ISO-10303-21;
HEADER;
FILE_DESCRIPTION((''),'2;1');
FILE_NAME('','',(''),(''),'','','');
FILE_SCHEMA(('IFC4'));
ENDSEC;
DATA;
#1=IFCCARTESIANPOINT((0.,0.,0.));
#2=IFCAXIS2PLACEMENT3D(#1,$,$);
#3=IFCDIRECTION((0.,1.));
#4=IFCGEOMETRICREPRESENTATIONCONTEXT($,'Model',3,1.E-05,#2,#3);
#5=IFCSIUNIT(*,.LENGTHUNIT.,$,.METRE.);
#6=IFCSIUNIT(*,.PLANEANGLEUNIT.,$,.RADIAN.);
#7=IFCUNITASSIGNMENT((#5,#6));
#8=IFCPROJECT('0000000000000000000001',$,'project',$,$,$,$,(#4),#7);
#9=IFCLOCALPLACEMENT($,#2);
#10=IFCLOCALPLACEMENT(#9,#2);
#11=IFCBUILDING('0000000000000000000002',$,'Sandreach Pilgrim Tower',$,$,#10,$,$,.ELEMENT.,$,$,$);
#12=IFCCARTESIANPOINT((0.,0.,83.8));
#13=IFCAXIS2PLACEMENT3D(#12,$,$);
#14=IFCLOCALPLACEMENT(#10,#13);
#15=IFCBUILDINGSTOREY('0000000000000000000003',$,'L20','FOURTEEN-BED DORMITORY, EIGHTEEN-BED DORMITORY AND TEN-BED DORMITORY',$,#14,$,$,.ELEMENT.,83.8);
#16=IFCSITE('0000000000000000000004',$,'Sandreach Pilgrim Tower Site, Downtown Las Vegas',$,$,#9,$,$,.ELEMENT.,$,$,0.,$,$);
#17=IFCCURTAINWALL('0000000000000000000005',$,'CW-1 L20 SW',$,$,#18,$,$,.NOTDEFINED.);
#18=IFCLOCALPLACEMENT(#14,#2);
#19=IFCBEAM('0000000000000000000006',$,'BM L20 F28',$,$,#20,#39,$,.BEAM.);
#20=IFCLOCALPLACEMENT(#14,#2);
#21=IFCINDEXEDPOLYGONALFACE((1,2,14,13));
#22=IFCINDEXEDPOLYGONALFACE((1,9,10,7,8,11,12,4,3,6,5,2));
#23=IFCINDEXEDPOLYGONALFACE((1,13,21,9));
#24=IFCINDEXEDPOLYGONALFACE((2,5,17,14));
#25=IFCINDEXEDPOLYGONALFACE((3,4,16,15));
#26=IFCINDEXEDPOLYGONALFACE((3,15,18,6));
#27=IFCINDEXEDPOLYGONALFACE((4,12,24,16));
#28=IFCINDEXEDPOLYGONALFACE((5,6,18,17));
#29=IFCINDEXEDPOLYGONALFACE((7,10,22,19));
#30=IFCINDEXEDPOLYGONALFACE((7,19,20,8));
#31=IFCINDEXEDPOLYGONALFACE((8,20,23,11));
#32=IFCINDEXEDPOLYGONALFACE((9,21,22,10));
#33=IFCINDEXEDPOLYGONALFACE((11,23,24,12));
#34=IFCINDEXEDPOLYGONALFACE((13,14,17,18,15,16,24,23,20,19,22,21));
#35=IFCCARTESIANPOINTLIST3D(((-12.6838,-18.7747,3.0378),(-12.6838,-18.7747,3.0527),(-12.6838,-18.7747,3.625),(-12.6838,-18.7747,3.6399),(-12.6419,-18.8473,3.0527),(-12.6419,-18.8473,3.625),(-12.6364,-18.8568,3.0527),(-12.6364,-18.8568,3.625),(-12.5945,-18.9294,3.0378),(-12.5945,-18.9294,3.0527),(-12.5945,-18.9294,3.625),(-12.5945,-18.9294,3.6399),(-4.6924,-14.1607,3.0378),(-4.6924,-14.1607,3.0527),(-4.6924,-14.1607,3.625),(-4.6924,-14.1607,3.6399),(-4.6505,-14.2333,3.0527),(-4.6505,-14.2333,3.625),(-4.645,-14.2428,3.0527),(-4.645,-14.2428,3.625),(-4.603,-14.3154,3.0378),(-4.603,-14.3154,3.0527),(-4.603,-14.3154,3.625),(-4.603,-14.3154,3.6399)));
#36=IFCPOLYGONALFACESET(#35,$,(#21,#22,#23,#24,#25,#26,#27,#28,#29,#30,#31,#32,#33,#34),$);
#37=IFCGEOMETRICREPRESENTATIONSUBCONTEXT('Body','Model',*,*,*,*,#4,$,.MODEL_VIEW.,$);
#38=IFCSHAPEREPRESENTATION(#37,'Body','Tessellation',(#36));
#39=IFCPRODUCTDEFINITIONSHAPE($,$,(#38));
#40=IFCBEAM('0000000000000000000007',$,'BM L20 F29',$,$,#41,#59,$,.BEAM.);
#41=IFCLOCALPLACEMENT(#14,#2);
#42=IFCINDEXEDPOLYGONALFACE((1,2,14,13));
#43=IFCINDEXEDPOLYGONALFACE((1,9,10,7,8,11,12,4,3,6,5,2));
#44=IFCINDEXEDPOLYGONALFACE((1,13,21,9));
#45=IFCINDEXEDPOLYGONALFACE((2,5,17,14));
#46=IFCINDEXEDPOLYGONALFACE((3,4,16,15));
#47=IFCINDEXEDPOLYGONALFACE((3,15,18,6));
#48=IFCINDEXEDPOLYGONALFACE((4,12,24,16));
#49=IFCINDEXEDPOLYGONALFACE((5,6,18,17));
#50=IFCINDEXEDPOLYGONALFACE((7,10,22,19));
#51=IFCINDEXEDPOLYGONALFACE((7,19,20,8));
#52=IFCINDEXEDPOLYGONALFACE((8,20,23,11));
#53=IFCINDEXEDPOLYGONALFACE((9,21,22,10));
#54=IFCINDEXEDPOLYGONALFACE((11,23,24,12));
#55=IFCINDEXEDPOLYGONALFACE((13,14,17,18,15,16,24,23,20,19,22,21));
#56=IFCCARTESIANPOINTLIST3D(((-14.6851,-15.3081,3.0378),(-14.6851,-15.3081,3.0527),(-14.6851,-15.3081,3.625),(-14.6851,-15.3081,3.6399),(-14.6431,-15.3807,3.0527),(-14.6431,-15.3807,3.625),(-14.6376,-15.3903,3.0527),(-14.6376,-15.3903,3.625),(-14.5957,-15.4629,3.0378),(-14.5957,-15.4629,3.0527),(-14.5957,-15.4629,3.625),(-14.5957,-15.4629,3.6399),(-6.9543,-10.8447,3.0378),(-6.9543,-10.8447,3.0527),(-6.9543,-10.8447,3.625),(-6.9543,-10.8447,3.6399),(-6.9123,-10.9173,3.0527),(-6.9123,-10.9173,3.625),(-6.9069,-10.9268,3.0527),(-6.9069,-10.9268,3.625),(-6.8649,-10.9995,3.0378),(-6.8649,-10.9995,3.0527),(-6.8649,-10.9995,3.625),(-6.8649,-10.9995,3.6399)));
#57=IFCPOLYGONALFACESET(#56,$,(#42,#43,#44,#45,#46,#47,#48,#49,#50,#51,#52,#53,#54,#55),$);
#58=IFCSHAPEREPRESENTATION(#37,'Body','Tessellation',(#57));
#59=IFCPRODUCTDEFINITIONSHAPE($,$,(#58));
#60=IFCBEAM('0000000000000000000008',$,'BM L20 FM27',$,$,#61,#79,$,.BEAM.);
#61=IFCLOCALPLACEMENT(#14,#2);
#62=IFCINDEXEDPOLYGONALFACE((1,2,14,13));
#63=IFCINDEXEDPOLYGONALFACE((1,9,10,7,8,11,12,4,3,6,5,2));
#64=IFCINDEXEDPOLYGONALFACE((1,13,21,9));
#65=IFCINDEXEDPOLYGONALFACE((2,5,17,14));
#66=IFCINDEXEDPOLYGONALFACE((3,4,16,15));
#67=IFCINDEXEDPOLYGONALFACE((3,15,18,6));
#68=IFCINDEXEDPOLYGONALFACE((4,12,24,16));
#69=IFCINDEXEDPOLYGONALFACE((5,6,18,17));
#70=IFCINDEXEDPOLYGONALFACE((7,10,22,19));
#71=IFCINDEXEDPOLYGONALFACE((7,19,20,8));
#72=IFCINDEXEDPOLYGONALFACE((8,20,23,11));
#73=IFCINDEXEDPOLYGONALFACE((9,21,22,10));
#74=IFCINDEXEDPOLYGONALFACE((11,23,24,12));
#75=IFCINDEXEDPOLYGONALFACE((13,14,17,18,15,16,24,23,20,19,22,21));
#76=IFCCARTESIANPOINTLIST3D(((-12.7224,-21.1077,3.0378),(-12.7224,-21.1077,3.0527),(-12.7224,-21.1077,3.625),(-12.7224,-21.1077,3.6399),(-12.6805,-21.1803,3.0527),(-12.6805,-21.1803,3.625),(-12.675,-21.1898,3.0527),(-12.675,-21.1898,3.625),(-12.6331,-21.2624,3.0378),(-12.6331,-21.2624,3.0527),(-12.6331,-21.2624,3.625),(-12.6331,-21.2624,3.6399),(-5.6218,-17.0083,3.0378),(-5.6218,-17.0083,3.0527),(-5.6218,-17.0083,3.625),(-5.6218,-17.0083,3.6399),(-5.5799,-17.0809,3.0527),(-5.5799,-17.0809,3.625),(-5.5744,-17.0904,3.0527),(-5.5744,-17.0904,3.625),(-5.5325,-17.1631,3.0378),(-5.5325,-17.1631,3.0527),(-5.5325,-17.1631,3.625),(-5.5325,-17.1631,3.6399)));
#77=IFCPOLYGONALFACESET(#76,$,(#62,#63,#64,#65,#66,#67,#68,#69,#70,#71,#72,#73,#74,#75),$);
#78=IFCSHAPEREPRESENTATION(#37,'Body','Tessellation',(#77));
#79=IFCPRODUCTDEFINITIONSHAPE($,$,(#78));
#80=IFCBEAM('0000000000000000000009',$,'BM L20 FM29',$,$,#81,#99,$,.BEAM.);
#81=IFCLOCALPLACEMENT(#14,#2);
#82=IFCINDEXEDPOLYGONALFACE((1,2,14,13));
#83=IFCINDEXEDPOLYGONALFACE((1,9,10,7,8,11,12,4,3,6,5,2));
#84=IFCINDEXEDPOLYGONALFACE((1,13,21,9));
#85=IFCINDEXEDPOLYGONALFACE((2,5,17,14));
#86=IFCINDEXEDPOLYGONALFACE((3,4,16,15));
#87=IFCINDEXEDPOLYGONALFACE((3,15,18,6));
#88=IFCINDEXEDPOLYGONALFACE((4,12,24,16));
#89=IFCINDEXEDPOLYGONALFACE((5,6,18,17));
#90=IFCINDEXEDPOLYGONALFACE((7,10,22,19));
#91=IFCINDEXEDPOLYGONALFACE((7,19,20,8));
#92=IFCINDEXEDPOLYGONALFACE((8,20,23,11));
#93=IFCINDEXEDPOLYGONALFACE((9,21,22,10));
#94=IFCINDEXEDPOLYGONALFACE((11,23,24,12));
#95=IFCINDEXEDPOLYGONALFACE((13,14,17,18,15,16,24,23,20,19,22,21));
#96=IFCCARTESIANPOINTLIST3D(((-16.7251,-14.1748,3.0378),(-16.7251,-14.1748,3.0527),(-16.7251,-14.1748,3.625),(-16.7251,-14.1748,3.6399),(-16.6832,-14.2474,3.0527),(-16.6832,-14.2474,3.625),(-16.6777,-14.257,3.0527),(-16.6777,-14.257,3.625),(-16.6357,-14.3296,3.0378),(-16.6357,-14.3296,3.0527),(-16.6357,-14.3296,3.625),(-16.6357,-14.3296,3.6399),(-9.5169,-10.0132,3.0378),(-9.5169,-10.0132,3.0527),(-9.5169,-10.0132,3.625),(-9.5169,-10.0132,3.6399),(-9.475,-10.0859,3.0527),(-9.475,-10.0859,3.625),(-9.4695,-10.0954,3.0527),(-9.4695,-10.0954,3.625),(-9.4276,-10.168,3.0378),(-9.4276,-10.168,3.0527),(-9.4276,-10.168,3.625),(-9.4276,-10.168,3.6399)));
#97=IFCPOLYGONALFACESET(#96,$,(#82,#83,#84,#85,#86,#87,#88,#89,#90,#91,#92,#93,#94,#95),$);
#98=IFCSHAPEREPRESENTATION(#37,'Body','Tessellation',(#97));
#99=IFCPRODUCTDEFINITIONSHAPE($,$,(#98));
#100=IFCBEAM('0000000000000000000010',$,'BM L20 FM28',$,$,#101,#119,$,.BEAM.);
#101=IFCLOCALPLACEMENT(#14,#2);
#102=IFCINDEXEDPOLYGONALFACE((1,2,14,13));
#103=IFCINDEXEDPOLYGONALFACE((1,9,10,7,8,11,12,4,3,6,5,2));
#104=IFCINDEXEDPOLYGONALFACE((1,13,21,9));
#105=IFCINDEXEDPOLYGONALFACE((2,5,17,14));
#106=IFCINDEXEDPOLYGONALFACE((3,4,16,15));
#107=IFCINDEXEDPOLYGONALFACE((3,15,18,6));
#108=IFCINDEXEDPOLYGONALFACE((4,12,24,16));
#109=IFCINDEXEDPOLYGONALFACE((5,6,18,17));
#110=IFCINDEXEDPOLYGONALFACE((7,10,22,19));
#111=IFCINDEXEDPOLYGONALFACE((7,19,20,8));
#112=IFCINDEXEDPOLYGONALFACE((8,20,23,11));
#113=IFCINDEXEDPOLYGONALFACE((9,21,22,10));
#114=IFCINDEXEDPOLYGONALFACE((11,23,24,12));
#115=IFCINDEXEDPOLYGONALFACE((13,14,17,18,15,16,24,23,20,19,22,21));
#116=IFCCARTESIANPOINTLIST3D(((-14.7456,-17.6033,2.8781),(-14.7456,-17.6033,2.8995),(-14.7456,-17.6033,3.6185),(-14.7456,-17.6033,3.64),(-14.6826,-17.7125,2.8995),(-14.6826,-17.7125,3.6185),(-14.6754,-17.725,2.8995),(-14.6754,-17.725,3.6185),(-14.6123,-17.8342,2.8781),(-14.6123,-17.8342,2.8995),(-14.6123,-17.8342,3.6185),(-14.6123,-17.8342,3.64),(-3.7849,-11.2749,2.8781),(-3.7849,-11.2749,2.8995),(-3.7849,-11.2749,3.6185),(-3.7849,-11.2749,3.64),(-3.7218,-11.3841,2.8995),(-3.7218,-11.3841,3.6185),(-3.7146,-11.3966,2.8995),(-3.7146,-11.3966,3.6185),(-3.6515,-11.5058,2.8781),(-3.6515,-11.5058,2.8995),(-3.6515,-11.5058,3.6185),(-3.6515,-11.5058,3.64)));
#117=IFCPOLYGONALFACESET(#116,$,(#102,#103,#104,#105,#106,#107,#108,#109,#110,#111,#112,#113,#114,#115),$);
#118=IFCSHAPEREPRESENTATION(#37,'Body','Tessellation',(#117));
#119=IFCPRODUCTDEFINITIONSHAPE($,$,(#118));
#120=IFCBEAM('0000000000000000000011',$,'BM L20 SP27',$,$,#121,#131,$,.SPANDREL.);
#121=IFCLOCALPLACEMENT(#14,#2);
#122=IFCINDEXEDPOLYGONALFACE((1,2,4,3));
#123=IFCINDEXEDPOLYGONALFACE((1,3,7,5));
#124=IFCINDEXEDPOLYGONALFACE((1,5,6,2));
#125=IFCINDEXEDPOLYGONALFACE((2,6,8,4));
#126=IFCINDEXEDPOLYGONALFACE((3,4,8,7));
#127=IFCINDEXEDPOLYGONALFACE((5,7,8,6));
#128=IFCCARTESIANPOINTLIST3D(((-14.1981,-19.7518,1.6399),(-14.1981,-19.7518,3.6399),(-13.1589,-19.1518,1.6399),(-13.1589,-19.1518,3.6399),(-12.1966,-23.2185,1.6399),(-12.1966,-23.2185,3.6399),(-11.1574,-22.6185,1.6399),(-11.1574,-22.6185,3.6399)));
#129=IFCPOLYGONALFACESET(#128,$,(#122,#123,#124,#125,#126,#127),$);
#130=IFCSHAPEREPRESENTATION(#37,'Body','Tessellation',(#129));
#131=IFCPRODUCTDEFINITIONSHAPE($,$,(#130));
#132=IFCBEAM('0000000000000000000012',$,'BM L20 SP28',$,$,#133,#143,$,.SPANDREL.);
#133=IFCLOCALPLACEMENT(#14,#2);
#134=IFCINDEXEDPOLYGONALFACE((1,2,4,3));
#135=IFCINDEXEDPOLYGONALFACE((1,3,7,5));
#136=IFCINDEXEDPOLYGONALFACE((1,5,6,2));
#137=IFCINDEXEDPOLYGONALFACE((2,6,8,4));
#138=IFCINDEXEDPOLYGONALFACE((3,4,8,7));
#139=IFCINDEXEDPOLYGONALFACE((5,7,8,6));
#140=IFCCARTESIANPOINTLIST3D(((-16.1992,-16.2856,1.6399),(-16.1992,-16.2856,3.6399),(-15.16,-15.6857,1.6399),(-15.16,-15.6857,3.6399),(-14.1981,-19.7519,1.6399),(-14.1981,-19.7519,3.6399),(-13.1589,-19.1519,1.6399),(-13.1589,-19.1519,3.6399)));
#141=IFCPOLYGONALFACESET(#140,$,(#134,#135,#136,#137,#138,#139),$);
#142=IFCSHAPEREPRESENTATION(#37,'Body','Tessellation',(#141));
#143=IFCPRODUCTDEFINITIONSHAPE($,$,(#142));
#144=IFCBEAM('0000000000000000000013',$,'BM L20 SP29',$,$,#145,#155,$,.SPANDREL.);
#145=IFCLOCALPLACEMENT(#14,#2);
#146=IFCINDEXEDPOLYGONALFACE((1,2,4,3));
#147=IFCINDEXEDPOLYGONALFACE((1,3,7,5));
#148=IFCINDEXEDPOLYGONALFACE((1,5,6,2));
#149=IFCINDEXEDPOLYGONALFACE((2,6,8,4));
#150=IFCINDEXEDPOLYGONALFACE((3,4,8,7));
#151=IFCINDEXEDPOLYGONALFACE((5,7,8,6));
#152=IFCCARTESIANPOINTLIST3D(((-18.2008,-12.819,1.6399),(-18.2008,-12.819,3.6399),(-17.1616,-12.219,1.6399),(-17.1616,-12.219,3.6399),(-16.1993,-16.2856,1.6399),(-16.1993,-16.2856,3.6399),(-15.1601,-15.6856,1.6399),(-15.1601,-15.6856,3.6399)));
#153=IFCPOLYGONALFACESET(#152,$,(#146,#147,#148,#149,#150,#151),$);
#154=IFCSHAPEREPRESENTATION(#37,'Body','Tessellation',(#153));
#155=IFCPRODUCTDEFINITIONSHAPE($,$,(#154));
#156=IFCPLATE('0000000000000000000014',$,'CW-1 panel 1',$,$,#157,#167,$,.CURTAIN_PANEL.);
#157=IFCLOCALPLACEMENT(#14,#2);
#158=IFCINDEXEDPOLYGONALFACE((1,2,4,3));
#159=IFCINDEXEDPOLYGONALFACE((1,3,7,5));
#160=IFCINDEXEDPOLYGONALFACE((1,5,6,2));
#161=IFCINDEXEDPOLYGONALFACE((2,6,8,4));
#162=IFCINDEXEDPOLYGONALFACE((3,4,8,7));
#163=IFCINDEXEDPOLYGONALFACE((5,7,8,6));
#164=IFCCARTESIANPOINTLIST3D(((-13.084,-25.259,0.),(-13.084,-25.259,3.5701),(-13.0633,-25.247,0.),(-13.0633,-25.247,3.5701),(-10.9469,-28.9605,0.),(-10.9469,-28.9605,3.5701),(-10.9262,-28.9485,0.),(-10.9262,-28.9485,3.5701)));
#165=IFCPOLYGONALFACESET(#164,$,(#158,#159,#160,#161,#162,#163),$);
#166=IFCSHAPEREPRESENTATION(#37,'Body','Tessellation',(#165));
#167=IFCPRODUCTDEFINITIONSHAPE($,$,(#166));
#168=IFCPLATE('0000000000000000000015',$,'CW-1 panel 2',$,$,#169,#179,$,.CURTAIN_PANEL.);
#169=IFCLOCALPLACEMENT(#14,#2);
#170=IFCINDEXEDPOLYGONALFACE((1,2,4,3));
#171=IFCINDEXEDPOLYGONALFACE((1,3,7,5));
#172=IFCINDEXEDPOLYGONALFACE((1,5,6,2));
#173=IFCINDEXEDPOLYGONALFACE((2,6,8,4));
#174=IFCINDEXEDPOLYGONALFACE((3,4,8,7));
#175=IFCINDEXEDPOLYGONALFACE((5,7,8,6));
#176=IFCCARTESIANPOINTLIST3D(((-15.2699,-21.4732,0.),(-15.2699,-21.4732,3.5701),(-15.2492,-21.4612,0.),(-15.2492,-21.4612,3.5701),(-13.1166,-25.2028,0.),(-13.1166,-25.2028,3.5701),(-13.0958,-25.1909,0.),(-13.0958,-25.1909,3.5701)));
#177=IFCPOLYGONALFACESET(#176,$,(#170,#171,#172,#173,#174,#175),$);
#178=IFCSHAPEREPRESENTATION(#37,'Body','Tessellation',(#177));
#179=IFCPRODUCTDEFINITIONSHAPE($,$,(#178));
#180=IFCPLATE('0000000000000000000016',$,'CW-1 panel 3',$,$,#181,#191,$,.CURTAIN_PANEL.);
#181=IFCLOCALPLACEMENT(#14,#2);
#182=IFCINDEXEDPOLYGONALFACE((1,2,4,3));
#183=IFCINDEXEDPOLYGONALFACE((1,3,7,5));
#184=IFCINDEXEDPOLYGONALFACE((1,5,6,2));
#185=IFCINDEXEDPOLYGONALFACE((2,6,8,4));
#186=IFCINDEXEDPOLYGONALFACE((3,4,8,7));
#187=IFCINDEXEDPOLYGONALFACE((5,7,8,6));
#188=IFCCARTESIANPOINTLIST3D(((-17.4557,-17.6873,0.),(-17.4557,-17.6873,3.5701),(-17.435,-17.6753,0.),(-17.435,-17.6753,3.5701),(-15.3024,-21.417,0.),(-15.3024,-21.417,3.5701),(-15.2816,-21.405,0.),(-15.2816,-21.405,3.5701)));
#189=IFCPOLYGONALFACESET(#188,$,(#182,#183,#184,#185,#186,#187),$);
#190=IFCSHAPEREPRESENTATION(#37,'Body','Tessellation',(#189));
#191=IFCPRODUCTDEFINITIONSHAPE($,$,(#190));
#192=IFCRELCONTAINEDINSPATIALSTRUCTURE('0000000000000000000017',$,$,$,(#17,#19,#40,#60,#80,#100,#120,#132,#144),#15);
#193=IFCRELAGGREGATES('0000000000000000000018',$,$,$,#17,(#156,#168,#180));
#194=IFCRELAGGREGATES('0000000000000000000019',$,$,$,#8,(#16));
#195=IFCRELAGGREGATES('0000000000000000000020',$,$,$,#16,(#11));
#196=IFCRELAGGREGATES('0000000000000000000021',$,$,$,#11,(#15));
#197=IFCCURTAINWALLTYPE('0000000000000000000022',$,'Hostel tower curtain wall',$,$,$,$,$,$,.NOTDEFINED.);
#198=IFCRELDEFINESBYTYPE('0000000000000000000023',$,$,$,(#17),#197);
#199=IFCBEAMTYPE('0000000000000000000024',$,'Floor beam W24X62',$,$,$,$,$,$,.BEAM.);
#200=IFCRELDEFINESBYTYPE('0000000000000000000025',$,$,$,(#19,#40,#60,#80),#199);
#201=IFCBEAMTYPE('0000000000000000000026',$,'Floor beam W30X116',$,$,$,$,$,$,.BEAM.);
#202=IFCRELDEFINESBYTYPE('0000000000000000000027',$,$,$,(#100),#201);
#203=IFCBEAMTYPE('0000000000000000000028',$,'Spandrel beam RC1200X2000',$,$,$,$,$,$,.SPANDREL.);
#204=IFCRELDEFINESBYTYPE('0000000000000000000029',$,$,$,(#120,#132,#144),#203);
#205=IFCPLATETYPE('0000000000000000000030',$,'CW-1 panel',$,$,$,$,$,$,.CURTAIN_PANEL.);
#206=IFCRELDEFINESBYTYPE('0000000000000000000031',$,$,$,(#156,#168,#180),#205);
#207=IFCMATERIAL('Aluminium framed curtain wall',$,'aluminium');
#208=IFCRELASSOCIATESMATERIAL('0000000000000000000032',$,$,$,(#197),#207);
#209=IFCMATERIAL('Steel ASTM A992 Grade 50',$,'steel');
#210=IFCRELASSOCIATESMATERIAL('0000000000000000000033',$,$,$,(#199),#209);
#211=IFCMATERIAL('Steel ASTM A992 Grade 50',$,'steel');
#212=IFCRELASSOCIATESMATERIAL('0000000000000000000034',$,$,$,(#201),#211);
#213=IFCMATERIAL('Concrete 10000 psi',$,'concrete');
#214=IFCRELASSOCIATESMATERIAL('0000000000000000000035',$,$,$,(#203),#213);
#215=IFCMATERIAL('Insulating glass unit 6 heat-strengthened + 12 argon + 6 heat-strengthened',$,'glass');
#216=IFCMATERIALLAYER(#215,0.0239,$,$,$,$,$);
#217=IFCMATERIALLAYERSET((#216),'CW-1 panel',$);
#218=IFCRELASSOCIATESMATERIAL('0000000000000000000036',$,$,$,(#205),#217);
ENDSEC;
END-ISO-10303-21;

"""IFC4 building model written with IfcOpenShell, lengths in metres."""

from ifc_helpers import new_model, si_unit, direction, frame, origin, origin_2d, place, context, subcontext, project, spatial, rectangle, i_section, extrude, material, layer, layer_set, material_profile, profile_set, type_object, element, aggregate, save


model = new_model("IFC4")

# Units and contexts
model_context = context("Model", 3, precision=1e-05, world=origin(), true_north=direction((0.0, 1.0)))
body_context = subcontext(model_context, "Body", "Model", "MODEL_VIEW")
ifc_project = project(units=[si_unit("LENGTHUNIT", "METRE"), si_unit("PLANEANGLEUNIT", "RADIAN")], contexts=[model_context])

# Site, building, storey
site_placement = place(None, origin())
site = spatial("IfcSite", under=ifc_project, at=site_placement, Name="Sandreach Pilgrim Tower Site, Downtown Las Vegas", CompositionType="ELEMENT", RefElevation=0.0)
building_placement = place(site_placement, origin())
building = spatial("IfcBuilding", under=site, at=building_placement, Name="Sandreach Pilgrim Tower", CompositionType="ELEMENT")
storey_placement = place(building_placement, frame((0.0, 0.0, 83.8)))
storey = spatial("IfcBuildingStorey", under=building, at=storey_placement, Name="L20", Description="FOURTEEN-BED DORMITORY, EIGHTEEN-BED DORMITORY AND TEN-BED DORMITORY", CompositionType="ELEMENT", Elevation=83.8)

# Curtain wall
ifc_material_1 = material(Name="Aluminium framed curtain wall", Category="aluminium")
curtain_wall_type = type_object("IfcCurtainWallType", Name="Hostel tower curtain wall", PredefinedType="NOTDEFINED", material=ifc_material_1)
curtain_wall_placement = place(storey_placement, origin())
curtain_wall = element("IfcCurtainWall", 1, at=curtain_wall_placement, inside=storey, type_object=curtain_wall_type, Name="CW-1 L20 SW", PredefinedType="NOTDEFINED")

# Beams
ifc_material_2 = material(Name="Steel ASTM A992 Grade 50", Category="steel")
ifc_material_profile_1 = material_profile(ifc_material_2, i_section(OverallWidth=0.1787, OverallDepth=0.6021, WebThickness=0.011, FlangeThickness=0.0149, at=origin_2d()), Name="W24X62")
ifc_profile_set_1 = profile_set([ifc_material_profile_1], Name="Steel ASTM A992 Grade 50")
beam_type_1 = type_object("IfcBeamType", Name="Floor beam W24X62", PredefinedType="BEAM", material=ifc_profile_set_1)
beam_1_placement = place(storey_placement, frame((-12.6392, -18.8521, 3.3389), z_axis=(0.866019, 0.500012, 0.0), x_axis=(-0.500012, 0.866019, 0.0)))
element("IfcBeam", 2, at=beam_1_placement, inside=storey, type_object=beam_type_1, Name="BM L20 F28", PredefinedType="BEAM", context=body_context, shape_type="SweptSolid", body=[
    extrude(i_section(OverallWidth=0.1787, OverallDepth=0.6021, WebThickness=0.011, FlangeThickness=0.0149, at=origin_2d()), origin(), (0.0, 0.0, 1.0), 9.2278),
])
beam_2_placement = place(storey_placement, frame((-14.6404, -15.3855, 3.3389), z_axis=(0.866023, 0.500004, 0.0), x_axis=(-0.500004, 0.866023, 0.0)))
element("IfcBeam", 3, at=beam_2_placement, inside=storey, type_object=beam_type_1, Name="BM L20 F29", PredefinedType="BEAM", context=body_context, shape_type="SweptSolid", body=[
    extrude(i_section(OverallWidth=0.1787, OverallDepth=0.6021, WebThickness=0.011, FlangeThickness=0.0149, at=origin_2d()), origin(), (0.0, 0.0, 1.0), 8.9268),
])
beam_3_placement = place(storey_placement, frame((-12.6777, -21.1851, 3.3389), z_axis=(0.866034, 0.499985, 0.0), x_axis=(-0.499985, 0.866034, 0.0)))
element("IfcBeam", 4, at=beam_3_placement, inside=storey, type_object=beam_type_1, Name="BM L20 FM27", PredefinedType="BEAM", context=body_context, shape_type="SweptSolid", body=[
    extrude(i_section(OverallWidth=0.1787, OverallDepth=0.6021, WebThickness=0.011, FlangeThickness=0.0149, at=origin_2d()), origin(), (0.0, 0.0, 1.0), 8.199),
])
beam_4_placement = place(storey_placement, frame((-16.6804, -14.2522, 3.3389), z_axis=(0.866029, 0.499994, 0.0), x_axis=(-0.499994, 0.866029, 0.0)))
element("IfcBeam", 5, at=beam_4_placement, inside=storey, type_object=beam_type_1, Name="BM L20 FM29", PredefinedType="BEAM", context=body_context, shape_type="SweptSolid", body=[
    extrude(i_section(OverallWidth=0.1787, OverallDepth=0.6021, WebThickness=0.011, FlangeThickness=0.0149, at=origin_2d()), origin(), (0.0, 0.0, 1.0), 8.3232),
])
ifc_material_3 = material(Name="Steel ASTM A992 Grade 50", Category="steel")
ifc_material_profile_2 = material_profile(ifc_material_3, i_section(OverallWidth=0.2666, OverallDepth=0.762, WebThickness=0.0144, FlangeThickness=0.0215, at=origin_2d()), Name="W30X116")
ifc_profile_set_2 = profile_set([ifc_material_profile_2], Name="Steel ASTM A992 Grade 50")
beam_type_2 = type_object("IfcBeamType", Name="Floor beam W30X116", PredefinedType="BEAM", material=ifc_profile_set_2)
beam_5_placement = place(storey_placement, frame((-14.679, -17.7188, 3.259), z_axis=(0.866018, 0.500012, 0.0), x_axis=(-0.500012, 0.866018, 0.0)))
element("IfcBeam", 6, at=beam_5_placement, inside=storey, type_object=beam_type_2, Name="BM L20 FM28", PredefinedType="BEAM", context=body_context, shape_type="SweptSolid", body=[
    extrude(i_section(OverallWidth=0.2666, OverallDepth=0.762, WebThickness=0.0144, FlangeThickness=0.0215, at=origin_2d()), origin(), (0.0, 0.0, 1.0), 12.6565),
])
ifc_material_4 = material(Name="Concrete 10000 psi", Category="concrete")
ifc_material_profile_3 = material_profile(ifc_material_4, rectangle(XDim=1.2, YDim=2.0, at=origin_2d()), Name="RC1200X2000")
ifc_profile_set_3 = profile_set([ifc_material_profile_3], Name="Concrete 10000 psi")
beam_type_3 = type_object("IfcBeamType", Name="Spandrel beam RC1200X2000", PredefinedType="SPANDREL", material=ifc_profile_set_3)
beam_6_placement = place(storey_placement, frame((-11.677, -22.9185, 2.6399), z_axis=(-0.500009, 0.86602, 0.0), x_axis=(-0.86602, -0.500009, 0.0)))
element("IfcBeam", 7, at=beam_6_placement, inside=storey, type_object=beam_type_3, Name="BM L20 SP27", PredefinedType="SPANDREL", context=body_context, shape_type="SweptSolid", body=[
    extrude(rectangle(XDim=1.2, YDim=2.0, at=origin_2d()), origin(), (0.0, 0.0, 1.0), 4.0029),
])
beam_7_placement = place(storey_placement, frame((-13.6785, -19.4519, 2.6399), z_axis=(-0.49999, 0.866031, 0.0), x_axis=(-0.866031, -0.49999, 0.0)))
element("IfcBeam", 8, at=beam_7_placement, inside=storey, type_object=beam_type_3, Name="BM L20 SP28", PredefinedType="SPANDREL", context=body_context, shape_type="SweptSolid", body=[
    extrude(rectangle(XDim=1.2, YDim=2.0, at=origin_2d()), origin(), (0.0, 0.0, 1.0), 4.0024),
])
beam_8_placement = place(storey_placement, frame((-15.6797, -15.9856, 2.6399), z_axis=(-0.500009, 0.86602, 0.0), x_axis=(-0.86602, -0.500009, 0.0)))
element("IfcBeam", 9, at=beam_8_placement, inside=storey, type_object=beam_type_3, Name="BM L20 SP29", PredefinedType="SPANDREL", context=body_context, shape_type="SweptSolid", body=[
    extrude(rectangle(XDim=1.2, YDim=2.0, at=origin_2d()), origin(), (0.0, 0.0, 1.0), 4.0029),
])

# Plates
ifc_material_5 = material(Name="Insulating glass unit 6 heat-strengthened + 12 argon + 6 heat-strengthened", Category="glass")
ifc_layer_1 = layer(ifc_material_5, 0.0239)
ifc_layer_set_1 = layer_set([ifc_layer_1], Name="CW-1 panel")
plate_type = type_object("IfcPlateType", Name="CW-1 panel", PredefinedType="CURTAIN_PANEL", material=ifc_layer_set_1)
plate_1_placement = place(storey_placement, frame((-12.0051, -27.1038, 0.0), z_axis=(0.0, 0.0, 1.0), x_axis=(-0.5, 0.866025, 0.0)))
plate_1 = element("IfcPlate", 10, at=plate_1_placement, type_object=plate_type, Name="CW-1 panel 1", PredefinedType="CURTAIN_PANEL", context=body_context, shape_type="SweptSolid", body=[
    extrude(rectangle(XDim=4.2742, YDim=0.0239, at=origin_2d()), origin(), (0.0, 0.0, 1.0), 3.5701),
])
plate_2_placement = place(storey_placement, frame((-14.1829, -23.332, 0.0), z_axis=(0.0, 0.0, 1.0), x_axis=(-0.5, 0.866025, 0.0)))
plate_2 = element("IfcPlate", 11, at=plate_2_placement, type_object=plate_type, Name="CW-1 panel 2", PredefinedType="CURTAIN_PANEL", context=body_context, shape_type="SweptSolid", body=[
    extrude(rectangle(XDim=4.3066, YDim=0.0239, at=origin_2d()), origin(), (0.0, 0.0, 1.0), 3.5701),
])
plate_3_placement = place(storey_placement, frame((-16.3687, -19.5461, 0.0), z_axis=(0.0, 0.0, 1.0), x_axis=(-0.5, 0.866025, 0.0)))
plate_3 = element("IfcPlate", 12, at=plate_3_placement, type_object=plate_type, Name="CW-1 panel 3", PredefinedType="CURTAIN_PANEL", context=body_context, shape_type="SweptSolid", body=[
    extrude(rectangle(XDim=4.3066, YDim=0.0239, at=origin_2d()), origin(), (0.0, 0.0, 1.0), 3.5701),
])
aggregate(curtain_wall, [plate_1, plate_2, plate_3])

save(model, "model.ifc")
